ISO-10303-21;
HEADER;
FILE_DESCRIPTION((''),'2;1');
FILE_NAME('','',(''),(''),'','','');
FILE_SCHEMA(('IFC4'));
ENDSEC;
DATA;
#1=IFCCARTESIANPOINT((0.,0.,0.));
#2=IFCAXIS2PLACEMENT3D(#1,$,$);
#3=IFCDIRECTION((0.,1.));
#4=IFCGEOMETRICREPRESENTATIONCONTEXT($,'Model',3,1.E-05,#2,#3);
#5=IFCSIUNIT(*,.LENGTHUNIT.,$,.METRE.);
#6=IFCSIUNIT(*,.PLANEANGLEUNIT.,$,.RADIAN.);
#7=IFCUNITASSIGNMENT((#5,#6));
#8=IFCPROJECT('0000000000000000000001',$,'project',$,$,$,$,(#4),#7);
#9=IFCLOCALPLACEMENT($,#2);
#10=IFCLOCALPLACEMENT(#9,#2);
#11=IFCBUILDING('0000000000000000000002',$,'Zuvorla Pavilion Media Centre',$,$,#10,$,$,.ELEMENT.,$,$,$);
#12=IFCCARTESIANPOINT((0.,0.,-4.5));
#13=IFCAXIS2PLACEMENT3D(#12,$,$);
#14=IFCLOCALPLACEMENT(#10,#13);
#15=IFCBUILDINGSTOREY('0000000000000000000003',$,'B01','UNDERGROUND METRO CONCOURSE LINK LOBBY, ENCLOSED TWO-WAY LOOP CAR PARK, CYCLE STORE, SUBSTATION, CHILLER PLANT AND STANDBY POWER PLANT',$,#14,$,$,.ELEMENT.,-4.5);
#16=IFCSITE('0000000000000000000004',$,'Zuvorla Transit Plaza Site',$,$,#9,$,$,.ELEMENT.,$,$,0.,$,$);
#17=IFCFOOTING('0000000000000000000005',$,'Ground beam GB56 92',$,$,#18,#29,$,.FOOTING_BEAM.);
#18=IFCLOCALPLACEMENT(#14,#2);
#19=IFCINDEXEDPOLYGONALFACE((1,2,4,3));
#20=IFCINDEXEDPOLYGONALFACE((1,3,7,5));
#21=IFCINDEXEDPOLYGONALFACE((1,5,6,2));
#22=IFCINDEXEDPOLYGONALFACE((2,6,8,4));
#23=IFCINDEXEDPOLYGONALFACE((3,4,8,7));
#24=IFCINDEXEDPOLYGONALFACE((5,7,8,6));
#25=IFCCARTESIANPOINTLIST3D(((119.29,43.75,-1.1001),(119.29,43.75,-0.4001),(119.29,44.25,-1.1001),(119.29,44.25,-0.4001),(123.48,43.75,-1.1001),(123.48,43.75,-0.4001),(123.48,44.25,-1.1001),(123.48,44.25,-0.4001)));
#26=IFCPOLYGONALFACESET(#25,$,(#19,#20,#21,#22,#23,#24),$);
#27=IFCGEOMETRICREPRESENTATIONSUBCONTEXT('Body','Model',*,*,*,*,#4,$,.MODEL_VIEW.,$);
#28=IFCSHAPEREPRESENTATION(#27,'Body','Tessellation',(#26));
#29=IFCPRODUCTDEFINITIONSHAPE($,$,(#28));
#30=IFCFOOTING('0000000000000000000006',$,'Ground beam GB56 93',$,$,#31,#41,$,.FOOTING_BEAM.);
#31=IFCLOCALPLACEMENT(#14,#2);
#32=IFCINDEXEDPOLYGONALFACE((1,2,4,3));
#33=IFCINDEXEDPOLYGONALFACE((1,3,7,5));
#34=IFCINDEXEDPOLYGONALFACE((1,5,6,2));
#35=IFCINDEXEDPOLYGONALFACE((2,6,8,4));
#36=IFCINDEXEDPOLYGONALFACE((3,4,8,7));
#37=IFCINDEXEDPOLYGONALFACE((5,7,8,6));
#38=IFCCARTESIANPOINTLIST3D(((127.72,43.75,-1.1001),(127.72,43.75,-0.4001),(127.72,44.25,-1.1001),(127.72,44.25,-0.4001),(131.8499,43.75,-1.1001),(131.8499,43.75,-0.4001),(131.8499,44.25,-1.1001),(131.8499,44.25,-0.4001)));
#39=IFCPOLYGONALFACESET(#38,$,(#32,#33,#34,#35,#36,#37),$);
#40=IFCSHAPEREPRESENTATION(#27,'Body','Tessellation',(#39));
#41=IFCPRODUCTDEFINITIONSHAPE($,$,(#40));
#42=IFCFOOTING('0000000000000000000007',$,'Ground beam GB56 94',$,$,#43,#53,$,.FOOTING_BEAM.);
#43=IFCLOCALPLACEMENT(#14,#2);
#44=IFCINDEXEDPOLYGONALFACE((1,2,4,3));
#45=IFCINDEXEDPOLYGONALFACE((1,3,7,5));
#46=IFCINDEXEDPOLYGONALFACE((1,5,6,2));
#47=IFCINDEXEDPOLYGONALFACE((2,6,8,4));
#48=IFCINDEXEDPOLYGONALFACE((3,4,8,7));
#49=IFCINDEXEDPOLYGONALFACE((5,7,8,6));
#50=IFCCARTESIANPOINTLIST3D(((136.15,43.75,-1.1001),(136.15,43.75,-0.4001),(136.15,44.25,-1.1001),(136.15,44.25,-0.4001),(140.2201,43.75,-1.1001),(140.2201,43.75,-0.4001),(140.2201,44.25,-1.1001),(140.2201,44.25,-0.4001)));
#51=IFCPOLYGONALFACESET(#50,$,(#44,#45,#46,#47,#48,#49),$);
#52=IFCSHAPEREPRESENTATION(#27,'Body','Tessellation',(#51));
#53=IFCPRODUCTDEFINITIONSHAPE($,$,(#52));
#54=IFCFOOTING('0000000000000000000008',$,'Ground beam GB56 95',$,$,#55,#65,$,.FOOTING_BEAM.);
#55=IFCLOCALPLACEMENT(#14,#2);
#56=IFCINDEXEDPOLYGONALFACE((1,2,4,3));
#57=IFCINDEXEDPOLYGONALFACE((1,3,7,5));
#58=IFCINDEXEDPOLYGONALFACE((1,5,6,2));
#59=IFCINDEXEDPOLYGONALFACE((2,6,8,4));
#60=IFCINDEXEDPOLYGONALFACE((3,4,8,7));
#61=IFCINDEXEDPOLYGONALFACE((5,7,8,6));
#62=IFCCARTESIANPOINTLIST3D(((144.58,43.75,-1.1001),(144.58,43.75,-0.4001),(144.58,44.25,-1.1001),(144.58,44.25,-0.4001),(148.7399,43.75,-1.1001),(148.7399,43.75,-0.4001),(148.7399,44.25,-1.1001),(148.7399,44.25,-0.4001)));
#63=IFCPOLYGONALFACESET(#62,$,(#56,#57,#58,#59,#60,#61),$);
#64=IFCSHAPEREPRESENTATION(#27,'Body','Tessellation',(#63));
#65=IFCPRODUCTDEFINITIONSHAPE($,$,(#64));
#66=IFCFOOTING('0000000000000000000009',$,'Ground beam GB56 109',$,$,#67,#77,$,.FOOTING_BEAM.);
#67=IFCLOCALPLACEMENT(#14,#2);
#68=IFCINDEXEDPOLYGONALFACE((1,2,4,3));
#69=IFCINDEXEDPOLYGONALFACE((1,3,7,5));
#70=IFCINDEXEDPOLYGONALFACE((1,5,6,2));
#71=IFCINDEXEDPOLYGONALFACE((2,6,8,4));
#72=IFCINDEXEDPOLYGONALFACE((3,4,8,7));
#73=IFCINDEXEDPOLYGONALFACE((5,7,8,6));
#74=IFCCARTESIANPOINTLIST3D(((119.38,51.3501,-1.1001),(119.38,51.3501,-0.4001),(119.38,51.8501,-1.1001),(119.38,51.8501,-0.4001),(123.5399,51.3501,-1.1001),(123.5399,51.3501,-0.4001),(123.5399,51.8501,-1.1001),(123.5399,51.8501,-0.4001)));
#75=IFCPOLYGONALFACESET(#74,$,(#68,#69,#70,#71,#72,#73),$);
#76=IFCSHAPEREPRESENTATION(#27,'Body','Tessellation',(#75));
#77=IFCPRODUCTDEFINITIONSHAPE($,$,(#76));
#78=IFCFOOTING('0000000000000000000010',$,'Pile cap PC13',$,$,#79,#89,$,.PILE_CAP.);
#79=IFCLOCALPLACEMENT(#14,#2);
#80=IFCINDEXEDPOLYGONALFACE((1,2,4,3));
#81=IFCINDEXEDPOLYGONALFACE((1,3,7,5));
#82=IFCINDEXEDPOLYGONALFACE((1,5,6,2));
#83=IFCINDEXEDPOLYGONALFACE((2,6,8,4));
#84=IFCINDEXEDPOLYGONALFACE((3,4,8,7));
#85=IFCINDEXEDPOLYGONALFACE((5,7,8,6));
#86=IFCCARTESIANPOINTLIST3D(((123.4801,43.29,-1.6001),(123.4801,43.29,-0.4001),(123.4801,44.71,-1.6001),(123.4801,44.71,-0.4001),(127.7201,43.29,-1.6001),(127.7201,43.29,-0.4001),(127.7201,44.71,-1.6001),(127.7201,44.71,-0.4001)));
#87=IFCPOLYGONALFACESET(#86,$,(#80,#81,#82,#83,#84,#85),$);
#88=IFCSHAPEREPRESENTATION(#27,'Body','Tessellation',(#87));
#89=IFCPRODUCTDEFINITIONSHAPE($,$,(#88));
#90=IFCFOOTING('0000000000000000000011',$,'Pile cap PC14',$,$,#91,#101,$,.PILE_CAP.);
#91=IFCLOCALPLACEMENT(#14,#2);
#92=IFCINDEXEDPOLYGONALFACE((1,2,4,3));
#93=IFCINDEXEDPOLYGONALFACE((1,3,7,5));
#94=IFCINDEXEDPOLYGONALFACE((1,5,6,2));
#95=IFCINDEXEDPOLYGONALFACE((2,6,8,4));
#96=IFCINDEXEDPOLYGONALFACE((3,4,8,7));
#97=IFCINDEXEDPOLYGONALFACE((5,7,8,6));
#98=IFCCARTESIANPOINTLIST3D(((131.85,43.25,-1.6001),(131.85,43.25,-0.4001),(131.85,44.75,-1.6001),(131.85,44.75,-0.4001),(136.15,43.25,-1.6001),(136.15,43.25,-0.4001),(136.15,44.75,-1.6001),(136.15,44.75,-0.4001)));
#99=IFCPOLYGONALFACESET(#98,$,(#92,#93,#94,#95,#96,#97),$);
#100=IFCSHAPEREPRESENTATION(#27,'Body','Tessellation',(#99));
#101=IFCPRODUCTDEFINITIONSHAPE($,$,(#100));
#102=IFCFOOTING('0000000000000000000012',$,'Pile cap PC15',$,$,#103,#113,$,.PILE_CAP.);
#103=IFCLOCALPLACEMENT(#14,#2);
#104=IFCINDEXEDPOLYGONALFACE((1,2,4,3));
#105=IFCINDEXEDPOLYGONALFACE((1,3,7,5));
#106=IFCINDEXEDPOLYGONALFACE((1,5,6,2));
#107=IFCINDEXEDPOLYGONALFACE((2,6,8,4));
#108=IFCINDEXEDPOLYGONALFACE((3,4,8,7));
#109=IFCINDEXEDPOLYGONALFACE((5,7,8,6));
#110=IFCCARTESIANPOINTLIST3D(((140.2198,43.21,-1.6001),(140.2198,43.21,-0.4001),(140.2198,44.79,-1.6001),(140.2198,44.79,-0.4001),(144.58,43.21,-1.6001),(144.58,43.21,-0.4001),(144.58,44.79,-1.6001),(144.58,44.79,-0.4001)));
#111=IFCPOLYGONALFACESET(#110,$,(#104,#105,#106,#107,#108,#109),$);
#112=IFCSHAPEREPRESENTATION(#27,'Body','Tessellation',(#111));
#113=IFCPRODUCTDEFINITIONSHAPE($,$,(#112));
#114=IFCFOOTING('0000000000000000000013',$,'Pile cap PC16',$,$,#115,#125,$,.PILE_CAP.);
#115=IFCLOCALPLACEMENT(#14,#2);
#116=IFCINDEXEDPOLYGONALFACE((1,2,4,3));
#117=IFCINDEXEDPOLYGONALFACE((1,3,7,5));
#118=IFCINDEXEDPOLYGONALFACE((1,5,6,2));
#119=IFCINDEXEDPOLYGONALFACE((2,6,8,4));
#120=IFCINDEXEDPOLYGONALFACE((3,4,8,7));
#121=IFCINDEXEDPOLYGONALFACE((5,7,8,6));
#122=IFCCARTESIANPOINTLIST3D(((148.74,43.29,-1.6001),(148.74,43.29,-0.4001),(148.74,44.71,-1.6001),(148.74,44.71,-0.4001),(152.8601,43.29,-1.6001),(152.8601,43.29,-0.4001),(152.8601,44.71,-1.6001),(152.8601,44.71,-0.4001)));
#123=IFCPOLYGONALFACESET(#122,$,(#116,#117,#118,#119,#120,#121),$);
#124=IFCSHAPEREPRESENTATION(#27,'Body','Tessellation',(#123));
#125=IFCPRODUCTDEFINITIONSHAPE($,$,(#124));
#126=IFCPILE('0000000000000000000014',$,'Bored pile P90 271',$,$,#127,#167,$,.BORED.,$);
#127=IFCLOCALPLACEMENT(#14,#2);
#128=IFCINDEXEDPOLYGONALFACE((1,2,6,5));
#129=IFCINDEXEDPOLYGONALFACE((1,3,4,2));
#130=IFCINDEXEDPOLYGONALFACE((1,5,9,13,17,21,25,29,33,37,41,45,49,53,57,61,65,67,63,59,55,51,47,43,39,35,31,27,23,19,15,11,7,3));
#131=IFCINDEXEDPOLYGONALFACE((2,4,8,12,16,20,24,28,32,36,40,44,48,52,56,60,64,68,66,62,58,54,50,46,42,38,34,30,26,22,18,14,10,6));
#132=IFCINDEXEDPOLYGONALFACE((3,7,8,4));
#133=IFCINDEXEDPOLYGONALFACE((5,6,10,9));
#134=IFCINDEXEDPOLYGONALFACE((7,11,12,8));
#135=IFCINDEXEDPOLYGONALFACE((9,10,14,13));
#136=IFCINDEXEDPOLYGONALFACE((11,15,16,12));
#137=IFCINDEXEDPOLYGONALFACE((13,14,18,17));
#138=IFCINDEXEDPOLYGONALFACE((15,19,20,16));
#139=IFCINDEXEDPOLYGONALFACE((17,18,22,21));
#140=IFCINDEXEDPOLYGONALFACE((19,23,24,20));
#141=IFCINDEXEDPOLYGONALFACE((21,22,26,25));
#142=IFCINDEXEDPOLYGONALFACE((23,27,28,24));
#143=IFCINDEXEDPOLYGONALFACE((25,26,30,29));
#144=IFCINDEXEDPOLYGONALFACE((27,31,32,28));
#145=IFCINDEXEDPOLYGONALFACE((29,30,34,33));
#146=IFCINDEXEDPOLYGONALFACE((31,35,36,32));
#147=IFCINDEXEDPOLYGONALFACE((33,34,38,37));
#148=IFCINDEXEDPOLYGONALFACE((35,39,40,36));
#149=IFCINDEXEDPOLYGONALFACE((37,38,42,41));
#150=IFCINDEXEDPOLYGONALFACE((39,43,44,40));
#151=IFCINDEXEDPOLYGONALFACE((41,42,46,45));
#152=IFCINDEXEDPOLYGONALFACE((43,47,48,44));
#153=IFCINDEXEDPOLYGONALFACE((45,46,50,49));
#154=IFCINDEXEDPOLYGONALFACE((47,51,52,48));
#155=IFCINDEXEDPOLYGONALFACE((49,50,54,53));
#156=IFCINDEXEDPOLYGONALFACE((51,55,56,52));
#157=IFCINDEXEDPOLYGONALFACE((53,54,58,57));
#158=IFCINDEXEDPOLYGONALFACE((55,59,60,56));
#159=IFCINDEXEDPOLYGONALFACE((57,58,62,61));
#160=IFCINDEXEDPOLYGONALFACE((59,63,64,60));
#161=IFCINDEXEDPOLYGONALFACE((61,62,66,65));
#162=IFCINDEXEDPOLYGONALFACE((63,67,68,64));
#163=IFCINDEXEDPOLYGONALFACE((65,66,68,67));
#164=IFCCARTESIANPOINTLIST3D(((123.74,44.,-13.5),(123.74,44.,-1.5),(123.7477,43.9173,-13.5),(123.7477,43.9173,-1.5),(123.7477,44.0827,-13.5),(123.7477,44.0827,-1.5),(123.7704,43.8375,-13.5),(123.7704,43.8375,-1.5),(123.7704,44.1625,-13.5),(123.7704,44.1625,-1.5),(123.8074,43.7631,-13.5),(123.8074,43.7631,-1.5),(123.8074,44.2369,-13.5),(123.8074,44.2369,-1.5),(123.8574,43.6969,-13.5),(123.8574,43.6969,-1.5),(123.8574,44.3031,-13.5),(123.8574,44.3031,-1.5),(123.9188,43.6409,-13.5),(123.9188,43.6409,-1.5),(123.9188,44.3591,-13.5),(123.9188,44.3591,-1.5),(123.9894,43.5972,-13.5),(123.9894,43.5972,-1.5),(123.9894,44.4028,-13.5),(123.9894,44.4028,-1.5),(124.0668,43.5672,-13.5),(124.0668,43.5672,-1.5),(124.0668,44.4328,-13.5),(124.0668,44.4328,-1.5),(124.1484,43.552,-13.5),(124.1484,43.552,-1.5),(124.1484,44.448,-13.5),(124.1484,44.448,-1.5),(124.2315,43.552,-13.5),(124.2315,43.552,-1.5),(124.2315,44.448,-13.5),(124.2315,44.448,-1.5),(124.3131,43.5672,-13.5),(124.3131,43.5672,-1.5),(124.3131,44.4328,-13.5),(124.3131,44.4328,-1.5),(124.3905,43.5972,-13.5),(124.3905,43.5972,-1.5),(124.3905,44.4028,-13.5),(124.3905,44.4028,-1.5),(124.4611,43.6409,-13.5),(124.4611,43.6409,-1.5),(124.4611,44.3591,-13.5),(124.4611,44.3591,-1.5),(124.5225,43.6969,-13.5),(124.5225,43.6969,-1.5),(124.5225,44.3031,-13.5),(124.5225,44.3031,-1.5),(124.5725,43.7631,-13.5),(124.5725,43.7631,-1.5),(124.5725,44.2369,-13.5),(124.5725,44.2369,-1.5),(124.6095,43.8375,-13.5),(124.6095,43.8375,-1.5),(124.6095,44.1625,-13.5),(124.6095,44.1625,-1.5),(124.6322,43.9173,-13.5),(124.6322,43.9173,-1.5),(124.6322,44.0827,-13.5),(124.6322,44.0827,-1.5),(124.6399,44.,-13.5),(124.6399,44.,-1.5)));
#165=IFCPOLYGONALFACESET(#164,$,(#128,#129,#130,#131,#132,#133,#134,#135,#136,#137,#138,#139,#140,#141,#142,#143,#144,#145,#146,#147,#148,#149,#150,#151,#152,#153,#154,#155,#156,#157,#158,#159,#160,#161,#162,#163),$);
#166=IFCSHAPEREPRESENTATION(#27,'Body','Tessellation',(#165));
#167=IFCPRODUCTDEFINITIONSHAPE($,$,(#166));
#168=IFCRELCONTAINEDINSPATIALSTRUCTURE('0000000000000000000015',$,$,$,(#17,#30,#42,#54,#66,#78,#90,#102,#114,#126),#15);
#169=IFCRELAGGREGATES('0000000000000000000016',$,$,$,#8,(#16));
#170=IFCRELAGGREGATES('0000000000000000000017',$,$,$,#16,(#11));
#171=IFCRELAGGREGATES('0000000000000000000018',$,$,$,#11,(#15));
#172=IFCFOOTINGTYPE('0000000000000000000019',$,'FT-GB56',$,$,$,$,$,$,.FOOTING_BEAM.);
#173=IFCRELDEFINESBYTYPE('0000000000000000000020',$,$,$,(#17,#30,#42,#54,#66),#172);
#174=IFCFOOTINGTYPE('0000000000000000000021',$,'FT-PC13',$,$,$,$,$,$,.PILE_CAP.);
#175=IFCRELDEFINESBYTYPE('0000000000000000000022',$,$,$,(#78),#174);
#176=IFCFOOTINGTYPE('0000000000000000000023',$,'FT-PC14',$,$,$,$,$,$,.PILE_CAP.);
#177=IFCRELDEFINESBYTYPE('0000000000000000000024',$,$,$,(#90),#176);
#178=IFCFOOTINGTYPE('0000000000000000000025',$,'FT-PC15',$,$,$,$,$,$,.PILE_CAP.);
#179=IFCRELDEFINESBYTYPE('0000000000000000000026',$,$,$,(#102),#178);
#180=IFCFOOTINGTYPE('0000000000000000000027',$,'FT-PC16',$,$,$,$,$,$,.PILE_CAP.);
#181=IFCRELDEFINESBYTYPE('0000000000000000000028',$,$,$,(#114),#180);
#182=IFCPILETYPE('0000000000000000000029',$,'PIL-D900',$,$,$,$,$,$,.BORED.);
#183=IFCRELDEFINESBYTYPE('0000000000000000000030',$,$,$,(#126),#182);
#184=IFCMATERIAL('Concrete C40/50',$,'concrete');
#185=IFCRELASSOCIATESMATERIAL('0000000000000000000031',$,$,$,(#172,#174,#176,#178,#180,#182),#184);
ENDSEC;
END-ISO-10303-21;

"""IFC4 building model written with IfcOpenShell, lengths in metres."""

from ifc_helpers import new_model, si_unit, direction, frame, origin, origin_2d, place, context, subcontext, project, spatial, rectangle, circle, extrude, material, material_profile, profile_set, type_object, element, save


model = new_model("IFC4")

# Units and contexts
model_context = context("Model", 3, precision=1e-05, world=origin(), true_north=direction((0.0, 1.0)))
body_context = subcontext(model_context, "Body", "Model", "MODEL_VIEW")
ifc_project = project(units=[si_unit("LENGTHUNIT", "METRE"), si_unit("PLANEANGLEUNIT", "RADIAN")], contexts=[model_context])

# Site, building, storey
site_placement = place(None, origin())
site = spatial("IfcSite", under=ifc_project, at=site_placement, Name="Zuvorla Transit Plaza Site", CompositionType="ELEMENT", RefElevation=0.0)
building_placement = place(site_placement, origin())
building = spatial("IfcBuilding", under=site, at=building_placement, Name="Zuvorla Pavilion Media Centre", CompositionType="ELEMENT")
storey_placement = place(building_placement, frame((0.0, 0.0, -4.5)))
storey = spatial("IfcBuildingStorey", under=building, at=storey_placement, Name="B01", Description="UNDERGROUND METRO CONCOURSE LINK LOBBY, ENCLOSED TWO-WAY LOOP CAR PARK, CYCLE STORE, SUBSTATION, CHILLER PLANT AND STANDBY POWER PLANT", CompositionType="ELEMENT", Elevation=-4.5)

# Footings
ifc_material = material(Name="Concrete C40/50", Category="concrete")
footing_type_1 = type_object("IfcFootingType", Name="FT-GB56", PredefinedType="FOOTING_BEAM", material=ifc_material)
footing_1_placement = place(storey_placement, frame((121.385, 44.0, -1.1001), z_axis=(0.0, 0.0, 1.0), x_axis=(1.0, 0.0, 0.0)))
element("IfcFooting", 1, at=footing_1_placement, inside=storey, type_object=footing_type_1, Name="Ground beam GB56 92", PredefinedType="FOOTING_BEAM", context=body_context, shape_type="SweptSolid", body=[
    extrude(rectangle(XDim=4.1899, YDim=0.5, at=origin_2d()), origin(), (0.0, 0.0, 1.0), 0.7),
])
footing_2_placement = place(storey_placement, frame((129.7849, 44.0, -1.1001), z_axis=(0.0, 0.0, 1.0), x_axis=(1.0, 0.0, 0.0)))
element("IfcFooting", 2, at=footing_2_placement, inside=storey, type_object=footing_type_1, Name="Ground beam GB56 93", PredefinedType="FOOTING_BEAM", context=body_context, shape_type="SweptSolid", body=[
    extrude(rectangle(XDim=4.1299, YDim=0.5, at=origin_2d()), origin(), (0.0, 0.0, 1.0), 0.7),
])
footing_3_placement = place(storey_placement, frame((138.1851, 44.0, -1.1001), z_axis=(0.0, 0.0, 1.0), x_axis=(1.0, 0.0, 0.0)))
element("IfcFooting", 3, at=footing_3_placement, inside=storey, type_object=footing_type_1, Name="Ground beam GB56 94", PredefinedType="FOOTING_BEAM", context=body_context, shape_type="SweptSolid", body=[
    extrude(rectangle(XDim=4.0701, YDim=0.5, at=origin_2d()), origin(), (0.0, 0.0, 1.0), 0.7),
])
for number, where, z_axis, x_axis, name in (
    (4, (146.6599, 44.0, -1.1001), (0.0, 0.0, 1.0), (1.0, 0.0, 0.0), "Ground beam GB56 95"),
    (5, (121.46, 51.6001, -1.1001), (0.0, 0.0, 1.0), (1.0, 0.0, 0.0), "Ground beam GB56 109"),
):
    element("IfcFooting", number, at=place(storey_placement, frame(where, z_axis=z_axis, x_axis=x_axis)), inside=storey, type_object=footing_type_1, Name=name, PredefinedType="FOOTING_BEAM", context=body_context, shape_type="SweptSolid", body=[
        extrude(rectangle(XDim=4.1599, YDim=0.5, at=origin_2d()), origin(), (0.0, 0.0, 1.0), 0.7),
    ])
footing_type_2 = type_object("IfcFootingType", Name="FT-PC13", PredefinedType="PILE_CAP", material=ifc_material)
footing_4_placement = place(storey_placement, frame((125.6001, 44.0, -1.6001), z_axis=(0.0, 0.0, 1.0), x_axis=(1.0, 0.0, 0.0)))
element("IfcFooting", 6, at=footing_4_placement, inside=storey, type_object=footing_type_2, Name="Pile cap PC13", PredefinedType="PILE_CAP", context=body_context, shape_type="SweptSolid", body=[
    extrude(rectangle(XDim=4.24, YDim=1.4199, at=origin_2d()), origin(), (0.0, 0.0, 1.0), 1.2),
])
footing_type_3 = type_object("IfcFootingType", Name="FT-PC14", PredefinedType="PILE_CAP", material=ifc_material)
footing_5_placement = place(storey_placement, frame((134.0, 44.0, -1.6001), z_axis=(0.0, 0.0, 1.0), x_axis=(1.0, 0.0, 0.0)))
element("IfcFooting", 7, at=footing_5_placement, inside=storey, type_object=footing_type_3, Name="Pile cap PC14", PredefinedType="PILE_CAP", context=body_context, shape_type="SweptSolid", body=[
    extrude(rectangle(XDim=4.3, YDim=1.5, at=origin_2d()), origin(), (0.0, 0.0, 1.0), 1.2),
])
footing_type_4 = type_object("IfcFootingType", Name="FT-PC15", PredefinedType="PILE_CAP", material=ifc_material)
footing_6_placement = place(storey_placement, frame((142.3999, 44.0, -1.6001), z_axis=(0.0, 0.0, 1.0), x_axis=(1.0, 0.0, 0.0)))
element("IfcFooting", 8, at=footing_6_placement, inside=storey, type_object=footing_type_4, Name="Pile cap PC15", PredefinedType="PILE_CAP", context=body_context, shape_type="SweptSolid", body=[
    extrude(rectangle(XDim=4.3601, YDim=1.5801, at=origin_2d()), origin(), (0.0, 0.0, 1.0), 1.2),
])
footing_type_5 = type_object("IfcFootingType", Name="FT-PC16", PredefinedType="PILE_CAP", material=ifc_material)
footing_7_placement = place(storey_placement, frame((150.8, 44.0, -1.6001), z_axis=(0.0, 0.0, 1.0), x_axis=(1.0, 0.0, 0.0)))
element("IfcFooting", 9, at=footing_7_placement, inside=storey, type_object=footing_type_5, Name="Pile cap PC16", PredefinedType="PILE_CAP", context=body_context, shape_type="SweptSolid", body=[
    extrude(rectangle(XDim=4.1201, YDim=1.4199, at=origin_2d()), origin(), (0.0, 0.0, 1.0), 1.2),
])

# Pile
ifc_material_profile_1 = material_profile(ifc_material, circle(Radius=0.45, at=origin_2d()), Name="BORED PILE 900")
ifc_profile_set_1 = profile_set([ifc_material_profile_1], Name="Concrete C40/50")
pile_type = type_object("IfcPileType", Name="PIL-D900", PredefinedType="BORED", material=ifc_profile_set_1)
for number, where, z_axis, x_axis, name in (
    (10, (124.1899, 44.0, -1.5), (0.0, 0.0, -1.0), (1.0, 0.0, 0.0), "Bored pile P90 271"),
):
    element("IfcPile", number, at=place(storey_placement, frame(where, z_axis=z_axis, x_axis=x_axis)), inside=storey, type_object=pile_type, Name=name, PredefinedType="BORED", context=body_context, shape_type="SweptSolid", body=[
        extrude(circle(Radius=0.45, at=origin_2d()), origin(), (0.0, 0.0, 1.0), 12.0),
    ])

save(model, "model.ifc")
